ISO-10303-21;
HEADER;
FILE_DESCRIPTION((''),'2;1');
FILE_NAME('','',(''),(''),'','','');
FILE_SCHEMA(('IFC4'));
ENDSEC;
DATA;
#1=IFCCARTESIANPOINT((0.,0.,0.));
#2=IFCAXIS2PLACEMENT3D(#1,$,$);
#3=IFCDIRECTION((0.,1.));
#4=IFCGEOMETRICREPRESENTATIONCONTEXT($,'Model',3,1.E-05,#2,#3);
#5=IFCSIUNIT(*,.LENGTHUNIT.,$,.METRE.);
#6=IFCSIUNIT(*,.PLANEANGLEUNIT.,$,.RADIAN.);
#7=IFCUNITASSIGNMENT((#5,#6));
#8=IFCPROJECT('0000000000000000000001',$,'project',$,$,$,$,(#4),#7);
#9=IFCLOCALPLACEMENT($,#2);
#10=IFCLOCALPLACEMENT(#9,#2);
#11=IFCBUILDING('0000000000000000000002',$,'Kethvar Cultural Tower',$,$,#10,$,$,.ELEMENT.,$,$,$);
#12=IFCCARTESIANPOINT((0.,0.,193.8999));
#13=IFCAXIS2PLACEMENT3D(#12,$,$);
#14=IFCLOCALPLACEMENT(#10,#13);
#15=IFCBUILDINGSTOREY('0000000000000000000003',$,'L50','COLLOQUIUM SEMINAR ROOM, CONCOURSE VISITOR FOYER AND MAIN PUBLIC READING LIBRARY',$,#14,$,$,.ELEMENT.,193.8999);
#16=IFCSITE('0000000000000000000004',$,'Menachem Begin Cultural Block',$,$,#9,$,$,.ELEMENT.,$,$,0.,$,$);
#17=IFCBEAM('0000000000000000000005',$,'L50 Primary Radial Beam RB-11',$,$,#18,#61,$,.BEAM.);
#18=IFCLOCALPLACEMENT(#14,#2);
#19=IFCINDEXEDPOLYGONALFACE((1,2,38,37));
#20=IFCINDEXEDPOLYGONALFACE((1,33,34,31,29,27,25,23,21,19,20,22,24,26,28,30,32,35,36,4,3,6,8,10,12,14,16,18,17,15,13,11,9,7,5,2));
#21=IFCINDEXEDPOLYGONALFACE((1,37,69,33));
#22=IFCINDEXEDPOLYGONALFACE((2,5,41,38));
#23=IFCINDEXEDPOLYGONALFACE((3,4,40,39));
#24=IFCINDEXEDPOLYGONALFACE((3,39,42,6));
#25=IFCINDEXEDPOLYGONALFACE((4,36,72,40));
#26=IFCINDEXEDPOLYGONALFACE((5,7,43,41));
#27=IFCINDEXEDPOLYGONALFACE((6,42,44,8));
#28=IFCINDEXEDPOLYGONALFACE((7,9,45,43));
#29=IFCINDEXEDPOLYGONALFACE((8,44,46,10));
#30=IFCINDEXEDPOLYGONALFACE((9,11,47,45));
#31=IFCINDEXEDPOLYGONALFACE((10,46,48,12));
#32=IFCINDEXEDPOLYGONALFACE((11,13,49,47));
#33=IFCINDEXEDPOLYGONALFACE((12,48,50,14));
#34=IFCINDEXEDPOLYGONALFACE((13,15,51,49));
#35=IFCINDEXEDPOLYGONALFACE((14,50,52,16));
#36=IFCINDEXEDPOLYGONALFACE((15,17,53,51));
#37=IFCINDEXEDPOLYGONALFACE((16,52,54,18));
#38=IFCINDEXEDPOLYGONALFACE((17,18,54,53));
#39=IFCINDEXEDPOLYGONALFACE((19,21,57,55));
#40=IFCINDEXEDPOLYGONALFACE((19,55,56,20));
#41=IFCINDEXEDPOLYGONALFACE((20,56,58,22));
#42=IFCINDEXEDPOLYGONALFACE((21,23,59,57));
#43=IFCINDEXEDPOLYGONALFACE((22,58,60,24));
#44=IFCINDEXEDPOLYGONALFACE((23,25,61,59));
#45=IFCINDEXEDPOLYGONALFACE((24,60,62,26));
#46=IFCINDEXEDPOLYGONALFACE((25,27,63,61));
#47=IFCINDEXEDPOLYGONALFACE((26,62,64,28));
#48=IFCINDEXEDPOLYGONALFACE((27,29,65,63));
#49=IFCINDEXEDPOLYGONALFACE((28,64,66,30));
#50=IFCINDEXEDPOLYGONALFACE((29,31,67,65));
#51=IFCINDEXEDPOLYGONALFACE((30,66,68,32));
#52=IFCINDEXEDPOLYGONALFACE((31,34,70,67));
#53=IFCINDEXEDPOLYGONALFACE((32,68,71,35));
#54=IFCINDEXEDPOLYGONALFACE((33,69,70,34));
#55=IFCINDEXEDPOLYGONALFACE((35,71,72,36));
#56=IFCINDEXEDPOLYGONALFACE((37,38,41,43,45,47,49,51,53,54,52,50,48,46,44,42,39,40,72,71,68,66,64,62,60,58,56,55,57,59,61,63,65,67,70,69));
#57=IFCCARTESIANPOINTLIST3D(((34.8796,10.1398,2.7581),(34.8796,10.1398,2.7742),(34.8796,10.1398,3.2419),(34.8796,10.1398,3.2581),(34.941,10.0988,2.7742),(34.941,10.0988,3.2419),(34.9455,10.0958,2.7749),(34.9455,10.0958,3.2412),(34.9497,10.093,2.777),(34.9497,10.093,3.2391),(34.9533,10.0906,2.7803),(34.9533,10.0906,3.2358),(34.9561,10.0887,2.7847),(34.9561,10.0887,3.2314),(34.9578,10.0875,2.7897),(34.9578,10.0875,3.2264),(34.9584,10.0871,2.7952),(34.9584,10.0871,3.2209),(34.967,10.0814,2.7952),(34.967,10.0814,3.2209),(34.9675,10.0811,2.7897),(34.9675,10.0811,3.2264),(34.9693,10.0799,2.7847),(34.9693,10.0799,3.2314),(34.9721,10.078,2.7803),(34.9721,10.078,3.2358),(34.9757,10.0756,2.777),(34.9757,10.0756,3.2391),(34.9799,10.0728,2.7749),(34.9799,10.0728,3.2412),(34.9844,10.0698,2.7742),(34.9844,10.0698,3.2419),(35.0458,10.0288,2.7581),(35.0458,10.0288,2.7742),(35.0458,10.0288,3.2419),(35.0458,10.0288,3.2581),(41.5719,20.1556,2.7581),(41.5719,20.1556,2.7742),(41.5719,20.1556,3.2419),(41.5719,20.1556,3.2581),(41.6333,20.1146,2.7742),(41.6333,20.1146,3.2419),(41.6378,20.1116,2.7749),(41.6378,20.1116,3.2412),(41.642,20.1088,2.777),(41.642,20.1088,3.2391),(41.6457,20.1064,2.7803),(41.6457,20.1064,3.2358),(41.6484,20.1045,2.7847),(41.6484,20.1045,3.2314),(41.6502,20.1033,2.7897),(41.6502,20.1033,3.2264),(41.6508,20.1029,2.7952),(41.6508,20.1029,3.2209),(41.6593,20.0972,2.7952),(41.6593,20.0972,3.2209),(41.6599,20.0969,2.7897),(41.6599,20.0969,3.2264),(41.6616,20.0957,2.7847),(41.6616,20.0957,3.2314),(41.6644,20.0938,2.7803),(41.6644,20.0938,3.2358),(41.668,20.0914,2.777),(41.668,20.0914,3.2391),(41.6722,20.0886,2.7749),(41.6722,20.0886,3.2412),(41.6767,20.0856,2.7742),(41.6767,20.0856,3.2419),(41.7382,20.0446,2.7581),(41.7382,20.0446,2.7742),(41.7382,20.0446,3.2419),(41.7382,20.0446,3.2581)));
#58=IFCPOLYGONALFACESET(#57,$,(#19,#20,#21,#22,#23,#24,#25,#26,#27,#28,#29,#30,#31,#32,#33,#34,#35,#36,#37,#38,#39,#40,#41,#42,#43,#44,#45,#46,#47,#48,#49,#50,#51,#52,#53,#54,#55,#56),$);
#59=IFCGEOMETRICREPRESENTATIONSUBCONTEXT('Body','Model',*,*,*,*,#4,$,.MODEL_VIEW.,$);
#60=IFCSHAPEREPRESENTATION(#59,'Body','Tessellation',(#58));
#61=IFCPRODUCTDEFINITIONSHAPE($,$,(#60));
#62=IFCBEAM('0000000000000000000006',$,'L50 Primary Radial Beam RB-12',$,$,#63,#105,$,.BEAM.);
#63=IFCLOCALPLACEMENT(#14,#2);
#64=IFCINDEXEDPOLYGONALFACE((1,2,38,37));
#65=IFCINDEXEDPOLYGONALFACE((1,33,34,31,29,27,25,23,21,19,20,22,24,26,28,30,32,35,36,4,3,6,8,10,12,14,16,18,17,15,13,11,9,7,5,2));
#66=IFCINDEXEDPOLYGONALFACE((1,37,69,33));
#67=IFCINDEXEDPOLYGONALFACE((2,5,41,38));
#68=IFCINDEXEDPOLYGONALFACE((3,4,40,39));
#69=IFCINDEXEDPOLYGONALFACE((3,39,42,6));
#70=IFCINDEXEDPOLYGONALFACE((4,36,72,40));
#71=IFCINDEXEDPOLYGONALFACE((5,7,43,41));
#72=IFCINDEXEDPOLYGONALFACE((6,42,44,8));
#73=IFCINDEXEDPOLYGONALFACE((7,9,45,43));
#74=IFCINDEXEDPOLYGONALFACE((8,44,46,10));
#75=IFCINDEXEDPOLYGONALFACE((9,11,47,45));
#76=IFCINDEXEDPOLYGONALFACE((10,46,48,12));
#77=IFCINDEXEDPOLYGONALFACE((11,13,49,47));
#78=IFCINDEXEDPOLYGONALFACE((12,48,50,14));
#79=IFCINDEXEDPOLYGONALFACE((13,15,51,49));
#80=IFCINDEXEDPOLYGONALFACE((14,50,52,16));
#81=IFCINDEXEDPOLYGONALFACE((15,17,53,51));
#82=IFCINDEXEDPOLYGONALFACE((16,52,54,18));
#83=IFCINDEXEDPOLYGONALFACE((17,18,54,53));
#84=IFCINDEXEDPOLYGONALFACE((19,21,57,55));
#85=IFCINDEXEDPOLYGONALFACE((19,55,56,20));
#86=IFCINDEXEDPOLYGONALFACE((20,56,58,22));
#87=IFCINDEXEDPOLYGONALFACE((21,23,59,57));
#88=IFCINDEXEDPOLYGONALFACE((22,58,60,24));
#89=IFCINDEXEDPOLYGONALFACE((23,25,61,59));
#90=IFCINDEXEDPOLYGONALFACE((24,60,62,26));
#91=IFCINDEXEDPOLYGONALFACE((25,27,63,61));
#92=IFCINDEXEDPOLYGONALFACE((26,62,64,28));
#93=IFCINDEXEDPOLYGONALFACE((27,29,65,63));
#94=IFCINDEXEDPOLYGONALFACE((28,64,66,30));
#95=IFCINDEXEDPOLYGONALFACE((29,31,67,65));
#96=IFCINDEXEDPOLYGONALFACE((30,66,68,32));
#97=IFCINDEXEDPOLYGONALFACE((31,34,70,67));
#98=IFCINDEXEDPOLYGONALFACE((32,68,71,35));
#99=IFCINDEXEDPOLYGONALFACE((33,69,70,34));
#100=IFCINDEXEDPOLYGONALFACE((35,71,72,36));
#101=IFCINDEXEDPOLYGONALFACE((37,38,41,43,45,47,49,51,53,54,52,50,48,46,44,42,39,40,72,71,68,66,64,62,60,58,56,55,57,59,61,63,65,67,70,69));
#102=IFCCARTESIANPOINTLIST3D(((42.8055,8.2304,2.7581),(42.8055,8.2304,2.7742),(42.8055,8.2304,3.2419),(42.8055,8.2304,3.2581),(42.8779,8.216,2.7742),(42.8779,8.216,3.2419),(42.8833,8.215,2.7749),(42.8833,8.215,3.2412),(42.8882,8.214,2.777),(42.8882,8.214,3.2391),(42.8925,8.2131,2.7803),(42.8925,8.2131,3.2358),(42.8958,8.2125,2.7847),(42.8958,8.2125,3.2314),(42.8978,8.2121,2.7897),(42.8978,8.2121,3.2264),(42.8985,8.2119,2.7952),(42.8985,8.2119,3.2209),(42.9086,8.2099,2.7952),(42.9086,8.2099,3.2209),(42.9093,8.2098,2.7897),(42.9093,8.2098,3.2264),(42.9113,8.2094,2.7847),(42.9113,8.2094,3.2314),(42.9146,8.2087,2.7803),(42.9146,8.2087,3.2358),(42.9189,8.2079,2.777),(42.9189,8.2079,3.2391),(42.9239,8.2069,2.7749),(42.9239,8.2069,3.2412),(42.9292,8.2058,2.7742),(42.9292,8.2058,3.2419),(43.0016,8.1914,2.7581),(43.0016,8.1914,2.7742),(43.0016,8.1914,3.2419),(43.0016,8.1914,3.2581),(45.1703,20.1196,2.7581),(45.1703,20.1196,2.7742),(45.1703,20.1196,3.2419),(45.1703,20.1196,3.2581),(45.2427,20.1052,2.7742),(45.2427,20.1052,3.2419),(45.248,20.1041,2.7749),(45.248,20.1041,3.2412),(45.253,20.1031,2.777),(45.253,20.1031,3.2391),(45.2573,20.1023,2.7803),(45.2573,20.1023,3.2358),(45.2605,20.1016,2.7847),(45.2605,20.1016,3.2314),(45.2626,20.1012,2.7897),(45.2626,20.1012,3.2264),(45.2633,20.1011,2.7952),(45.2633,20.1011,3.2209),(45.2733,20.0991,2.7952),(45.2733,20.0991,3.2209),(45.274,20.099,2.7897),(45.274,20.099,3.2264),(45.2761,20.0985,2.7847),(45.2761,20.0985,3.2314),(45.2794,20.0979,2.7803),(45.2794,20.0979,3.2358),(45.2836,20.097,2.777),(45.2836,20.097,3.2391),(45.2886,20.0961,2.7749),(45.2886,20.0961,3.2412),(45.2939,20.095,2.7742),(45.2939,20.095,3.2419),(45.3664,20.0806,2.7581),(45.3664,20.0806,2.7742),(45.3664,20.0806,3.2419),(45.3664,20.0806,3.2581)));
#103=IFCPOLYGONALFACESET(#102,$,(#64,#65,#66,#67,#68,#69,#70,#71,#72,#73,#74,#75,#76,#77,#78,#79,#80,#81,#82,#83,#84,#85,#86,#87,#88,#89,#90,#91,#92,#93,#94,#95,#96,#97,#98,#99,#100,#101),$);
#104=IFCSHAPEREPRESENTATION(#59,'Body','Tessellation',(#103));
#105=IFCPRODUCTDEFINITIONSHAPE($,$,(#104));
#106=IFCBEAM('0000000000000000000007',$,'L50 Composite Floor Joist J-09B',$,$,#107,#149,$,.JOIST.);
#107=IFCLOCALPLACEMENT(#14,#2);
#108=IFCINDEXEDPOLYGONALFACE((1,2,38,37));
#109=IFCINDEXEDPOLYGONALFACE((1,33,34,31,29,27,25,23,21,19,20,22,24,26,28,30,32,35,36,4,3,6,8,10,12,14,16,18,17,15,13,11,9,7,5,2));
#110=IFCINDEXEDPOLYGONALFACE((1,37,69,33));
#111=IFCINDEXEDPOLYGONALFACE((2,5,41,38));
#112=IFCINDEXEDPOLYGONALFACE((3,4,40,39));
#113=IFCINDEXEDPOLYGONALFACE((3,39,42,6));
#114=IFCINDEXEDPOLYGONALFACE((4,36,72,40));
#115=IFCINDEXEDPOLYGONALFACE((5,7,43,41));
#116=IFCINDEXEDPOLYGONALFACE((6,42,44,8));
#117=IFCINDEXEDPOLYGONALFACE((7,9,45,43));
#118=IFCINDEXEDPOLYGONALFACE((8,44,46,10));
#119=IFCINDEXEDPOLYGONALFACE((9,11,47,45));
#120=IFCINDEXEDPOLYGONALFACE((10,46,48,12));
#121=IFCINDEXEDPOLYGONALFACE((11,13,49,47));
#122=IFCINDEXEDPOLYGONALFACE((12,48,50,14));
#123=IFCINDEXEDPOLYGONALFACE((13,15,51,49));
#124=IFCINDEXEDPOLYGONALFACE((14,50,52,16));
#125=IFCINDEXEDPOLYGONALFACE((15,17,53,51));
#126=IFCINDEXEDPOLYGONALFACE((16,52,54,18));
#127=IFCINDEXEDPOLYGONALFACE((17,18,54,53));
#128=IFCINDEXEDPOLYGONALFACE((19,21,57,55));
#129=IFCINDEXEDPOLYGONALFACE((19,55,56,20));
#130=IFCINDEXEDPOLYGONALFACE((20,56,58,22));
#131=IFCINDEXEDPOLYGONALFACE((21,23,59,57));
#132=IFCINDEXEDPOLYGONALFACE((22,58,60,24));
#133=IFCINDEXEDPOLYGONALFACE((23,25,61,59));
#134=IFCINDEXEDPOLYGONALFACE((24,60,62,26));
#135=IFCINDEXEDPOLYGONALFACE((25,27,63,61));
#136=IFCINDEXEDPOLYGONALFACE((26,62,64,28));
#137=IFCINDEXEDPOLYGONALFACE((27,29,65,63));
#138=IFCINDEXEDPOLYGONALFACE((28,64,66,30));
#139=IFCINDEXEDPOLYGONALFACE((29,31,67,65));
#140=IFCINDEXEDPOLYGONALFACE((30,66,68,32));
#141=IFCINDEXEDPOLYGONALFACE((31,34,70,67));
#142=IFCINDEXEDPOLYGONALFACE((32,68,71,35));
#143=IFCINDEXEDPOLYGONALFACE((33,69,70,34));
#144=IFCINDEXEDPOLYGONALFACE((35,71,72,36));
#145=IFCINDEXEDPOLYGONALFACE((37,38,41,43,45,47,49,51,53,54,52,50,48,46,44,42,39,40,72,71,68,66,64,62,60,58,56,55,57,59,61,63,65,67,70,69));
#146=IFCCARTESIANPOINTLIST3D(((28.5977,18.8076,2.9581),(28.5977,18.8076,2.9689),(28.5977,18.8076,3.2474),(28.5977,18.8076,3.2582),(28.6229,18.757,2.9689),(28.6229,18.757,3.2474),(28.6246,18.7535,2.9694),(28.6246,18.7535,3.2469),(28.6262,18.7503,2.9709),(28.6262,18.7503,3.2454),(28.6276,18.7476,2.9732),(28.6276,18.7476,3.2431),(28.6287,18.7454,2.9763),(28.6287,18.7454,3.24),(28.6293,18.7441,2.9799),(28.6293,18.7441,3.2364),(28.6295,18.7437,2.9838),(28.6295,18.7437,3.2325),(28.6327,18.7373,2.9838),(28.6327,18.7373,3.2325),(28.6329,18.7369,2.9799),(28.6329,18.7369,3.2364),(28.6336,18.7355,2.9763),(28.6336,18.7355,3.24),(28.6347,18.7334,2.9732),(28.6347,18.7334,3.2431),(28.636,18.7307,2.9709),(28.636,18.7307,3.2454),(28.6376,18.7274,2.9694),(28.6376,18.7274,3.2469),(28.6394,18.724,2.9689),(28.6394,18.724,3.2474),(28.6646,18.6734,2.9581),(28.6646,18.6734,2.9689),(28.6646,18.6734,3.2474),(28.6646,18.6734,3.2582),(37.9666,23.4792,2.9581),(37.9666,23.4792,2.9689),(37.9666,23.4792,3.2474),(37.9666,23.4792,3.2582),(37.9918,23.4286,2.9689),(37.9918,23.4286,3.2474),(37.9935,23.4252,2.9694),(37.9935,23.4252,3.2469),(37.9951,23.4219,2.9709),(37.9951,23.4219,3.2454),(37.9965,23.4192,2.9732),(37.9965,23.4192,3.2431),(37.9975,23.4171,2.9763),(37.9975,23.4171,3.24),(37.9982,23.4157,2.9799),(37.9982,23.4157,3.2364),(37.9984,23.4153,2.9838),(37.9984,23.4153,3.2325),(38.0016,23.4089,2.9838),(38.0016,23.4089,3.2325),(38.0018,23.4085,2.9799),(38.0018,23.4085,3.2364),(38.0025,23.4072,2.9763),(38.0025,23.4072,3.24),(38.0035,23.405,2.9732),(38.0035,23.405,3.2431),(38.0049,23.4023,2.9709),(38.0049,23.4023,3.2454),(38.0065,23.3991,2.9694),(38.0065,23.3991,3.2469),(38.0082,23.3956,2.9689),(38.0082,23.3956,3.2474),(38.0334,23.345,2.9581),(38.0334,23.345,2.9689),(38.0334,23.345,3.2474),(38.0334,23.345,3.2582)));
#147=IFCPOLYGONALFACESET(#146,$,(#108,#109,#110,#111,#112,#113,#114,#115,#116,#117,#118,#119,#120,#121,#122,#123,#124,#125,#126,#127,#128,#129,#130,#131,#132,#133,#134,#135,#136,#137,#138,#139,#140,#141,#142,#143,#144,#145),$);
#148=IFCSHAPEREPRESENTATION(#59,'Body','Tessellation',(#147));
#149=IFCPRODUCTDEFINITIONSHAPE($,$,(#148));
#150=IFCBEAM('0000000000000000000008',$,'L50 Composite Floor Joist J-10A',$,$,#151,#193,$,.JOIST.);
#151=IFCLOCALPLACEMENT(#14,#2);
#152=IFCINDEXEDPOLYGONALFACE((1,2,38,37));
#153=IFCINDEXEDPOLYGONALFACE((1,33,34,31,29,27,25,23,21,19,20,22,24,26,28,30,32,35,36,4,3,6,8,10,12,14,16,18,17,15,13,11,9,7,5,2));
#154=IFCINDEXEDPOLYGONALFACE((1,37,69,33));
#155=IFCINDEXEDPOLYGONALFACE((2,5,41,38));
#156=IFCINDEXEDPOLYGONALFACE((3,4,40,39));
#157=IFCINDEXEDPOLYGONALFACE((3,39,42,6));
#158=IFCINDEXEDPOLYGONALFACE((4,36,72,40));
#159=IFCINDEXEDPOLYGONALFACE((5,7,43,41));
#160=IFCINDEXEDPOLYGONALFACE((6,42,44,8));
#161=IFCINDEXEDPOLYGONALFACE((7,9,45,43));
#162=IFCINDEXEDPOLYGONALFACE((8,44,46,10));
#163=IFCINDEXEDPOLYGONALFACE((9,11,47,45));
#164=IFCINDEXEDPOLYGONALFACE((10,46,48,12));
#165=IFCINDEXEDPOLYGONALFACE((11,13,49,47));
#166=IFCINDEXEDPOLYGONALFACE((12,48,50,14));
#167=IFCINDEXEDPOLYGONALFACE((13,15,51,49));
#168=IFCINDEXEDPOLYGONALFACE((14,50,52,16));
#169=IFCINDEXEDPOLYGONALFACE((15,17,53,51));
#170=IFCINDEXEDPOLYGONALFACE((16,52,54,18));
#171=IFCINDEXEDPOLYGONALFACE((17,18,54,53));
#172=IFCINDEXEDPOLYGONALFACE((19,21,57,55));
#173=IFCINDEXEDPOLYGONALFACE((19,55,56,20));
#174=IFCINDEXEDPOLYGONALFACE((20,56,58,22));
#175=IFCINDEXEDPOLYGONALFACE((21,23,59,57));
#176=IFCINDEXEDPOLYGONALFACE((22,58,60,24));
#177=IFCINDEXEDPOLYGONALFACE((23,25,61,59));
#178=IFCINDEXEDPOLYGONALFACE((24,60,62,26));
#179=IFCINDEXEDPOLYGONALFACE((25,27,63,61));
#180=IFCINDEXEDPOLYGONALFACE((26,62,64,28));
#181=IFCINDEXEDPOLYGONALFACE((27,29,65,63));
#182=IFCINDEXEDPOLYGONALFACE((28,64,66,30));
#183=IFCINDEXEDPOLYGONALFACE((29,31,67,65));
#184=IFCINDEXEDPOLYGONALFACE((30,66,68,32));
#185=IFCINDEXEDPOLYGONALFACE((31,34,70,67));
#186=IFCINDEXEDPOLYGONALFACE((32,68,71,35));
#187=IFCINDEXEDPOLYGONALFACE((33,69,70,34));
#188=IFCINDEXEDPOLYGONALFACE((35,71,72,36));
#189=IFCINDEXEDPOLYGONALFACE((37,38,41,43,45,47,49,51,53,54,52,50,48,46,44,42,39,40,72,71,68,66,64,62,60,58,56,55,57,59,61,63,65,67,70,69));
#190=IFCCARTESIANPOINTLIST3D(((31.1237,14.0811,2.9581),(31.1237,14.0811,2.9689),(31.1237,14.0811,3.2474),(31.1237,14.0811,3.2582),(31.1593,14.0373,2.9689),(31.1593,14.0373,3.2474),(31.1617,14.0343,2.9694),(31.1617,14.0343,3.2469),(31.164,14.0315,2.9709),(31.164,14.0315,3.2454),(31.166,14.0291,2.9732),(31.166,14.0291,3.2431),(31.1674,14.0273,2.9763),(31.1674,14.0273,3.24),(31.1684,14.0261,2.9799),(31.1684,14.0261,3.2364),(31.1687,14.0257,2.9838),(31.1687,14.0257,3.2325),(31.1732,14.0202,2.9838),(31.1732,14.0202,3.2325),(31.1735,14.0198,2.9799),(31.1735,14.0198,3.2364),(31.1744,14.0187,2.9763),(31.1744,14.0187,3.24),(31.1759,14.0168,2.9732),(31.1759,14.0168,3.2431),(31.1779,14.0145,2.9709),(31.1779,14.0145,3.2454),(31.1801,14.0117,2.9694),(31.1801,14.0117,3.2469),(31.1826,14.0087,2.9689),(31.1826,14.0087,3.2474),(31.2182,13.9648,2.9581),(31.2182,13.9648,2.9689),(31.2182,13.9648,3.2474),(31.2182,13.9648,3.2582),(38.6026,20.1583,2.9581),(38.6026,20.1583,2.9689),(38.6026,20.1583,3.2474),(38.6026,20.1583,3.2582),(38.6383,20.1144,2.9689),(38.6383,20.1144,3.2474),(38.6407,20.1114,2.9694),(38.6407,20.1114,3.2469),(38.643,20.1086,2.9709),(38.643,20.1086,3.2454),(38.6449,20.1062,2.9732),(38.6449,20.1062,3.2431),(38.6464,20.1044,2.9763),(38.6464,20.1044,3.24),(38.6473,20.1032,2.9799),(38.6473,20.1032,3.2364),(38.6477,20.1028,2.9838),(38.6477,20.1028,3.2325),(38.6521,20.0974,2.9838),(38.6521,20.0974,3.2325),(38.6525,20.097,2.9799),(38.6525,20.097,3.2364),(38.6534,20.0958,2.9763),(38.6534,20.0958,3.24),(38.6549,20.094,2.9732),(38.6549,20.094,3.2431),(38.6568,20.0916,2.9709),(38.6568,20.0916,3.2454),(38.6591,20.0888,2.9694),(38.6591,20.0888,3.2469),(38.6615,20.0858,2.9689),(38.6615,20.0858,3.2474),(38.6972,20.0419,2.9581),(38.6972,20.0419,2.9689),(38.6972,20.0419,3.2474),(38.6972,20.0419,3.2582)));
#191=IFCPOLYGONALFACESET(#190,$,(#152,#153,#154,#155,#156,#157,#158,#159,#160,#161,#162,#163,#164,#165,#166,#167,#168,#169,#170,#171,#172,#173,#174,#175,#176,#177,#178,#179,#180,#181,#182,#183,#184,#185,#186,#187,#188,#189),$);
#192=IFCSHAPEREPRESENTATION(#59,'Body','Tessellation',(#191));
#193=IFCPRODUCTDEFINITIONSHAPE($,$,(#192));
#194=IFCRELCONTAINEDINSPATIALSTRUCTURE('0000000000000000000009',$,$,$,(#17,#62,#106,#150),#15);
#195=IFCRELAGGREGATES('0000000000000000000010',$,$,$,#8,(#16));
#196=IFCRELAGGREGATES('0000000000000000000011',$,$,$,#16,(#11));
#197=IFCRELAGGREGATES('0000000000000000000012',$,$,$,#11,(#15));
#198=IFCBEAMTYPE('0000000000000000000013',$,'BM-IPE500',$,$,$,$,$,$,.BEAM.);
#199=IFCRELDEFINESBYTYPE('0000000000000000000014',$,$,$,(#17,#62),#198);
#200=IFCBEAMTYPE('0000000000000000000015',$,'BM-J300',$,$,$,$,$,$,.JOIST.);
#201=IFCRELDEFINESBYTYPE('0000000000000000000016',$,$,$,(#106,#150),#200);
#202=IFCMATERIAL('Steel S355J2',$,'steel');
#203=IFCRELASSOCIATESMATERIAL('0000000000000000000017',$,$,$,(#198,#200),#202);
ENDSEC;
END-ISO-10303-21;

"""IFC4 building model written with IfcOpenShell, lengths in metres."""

from ifc_helpers import new_model, si_unit, direction, frame, origin, origin_2d, place, context, subcontext, project, spatial, i_section, extrude, source, transform, mapped, material, material_profile, profile_set, type_object, element, save


model = new_model("IFC4")

# Units and contexts
model_context = context("Model", 3, precision=1e-05, world=origin(), true_north=direction((0.0, 1.0)))
body_context = subcontext(model_context, "Body", "Model", "MODEL_VIEW")
ifc_project = project(units=[si_unit("LENGTHUNIT", "METRE"), si_unit("PLANEANGLEUNIT", "RADIAN")], contexts=[model_context])

# Site, building, storey
site_placement = place(None, origin())
site = spatial("IfcSite", under=ifc_project, at=site_placement, Name="Menachem Begin Cultural Block", CompositionType="ELEMENT", RefElevation=0.0)
building_placement = place(site_placement, origin())
building = spatial("IfcBuilding", under=site, at=building_placement, Name="Kethvar Cultural Tower", CompositionType="ELEMENT")
storey_placement = place(building_placement, frame((0.0, 0.0, 193.8999)))
storey = spatial("IfcBuildingStorey", under=building, at=storey_placement, Name="L50", Description="COLLOQUIUM SEMINAR ROOM, CONCOURSE VISITOR FOYER AND MAIN PUBLIC READING LIBRARY", CompositionType="ELEMENT", Elevation=193.8999)

# Beams
ifc_material_1 = material(Name="Steel S355J2", Category="steel")
ifc_material_profile_1 = material_profile(ifc_material_1, i_section(OverallWidth=0.2, OverallDepth=0.5, WebThickness=0.0103, FlangeThickness=0.0161, FilletRadius=0.021, at=origin_2d()), Name="Steel S355J2 — IPE500")
ifc_profile_set_1 = profile_set([ifc_material_profile_1], Name="Steel S355J2 — IPE500")
beam_type_1 = type_object("IfcBeamType", Name="BM-IPE500", PredefinedType="BEAM", material=ifc_profile_set_1)
shared_shape_1 = source(origin(), body_context, "Body", "SweptSolid", [
    extrude(i_section(OverallWidth=0.2, OverallDepth=0.5, WebThickness=0.0103, FlangeThickness=0.0161, FilletRadius=0.021, at=origin_2d()), origin(), (0.0, 0.0, 1.0), 12.0459),
])
beam_1_placement = place(storey_placement, frame((41.655, 20.1001, 3.0081), z_axis=(-0.55557, -0.83147, 0.0), x_axis=(0.83147, -0.55557, 0.0)))
element("IfcBeam", 1, at=beam_1_placement, inside=storey, type_object=beam_type_1, Name="L50 Primary Radial Beam RB-11", PredefinedType="BEAM", context=body_context, shape_type="MappedRepresentation", body=[
    mapped(shared_shape_1, transform((0.0, 0.0, 0.0), scale=1.0)),
])
shared_shape_2 = source(origin(), body_context, "Body", "SweptSolid", [
    extrude(i_section(OverallWidth=0.2, OverallDepth=0.5, WebThickness=0.0103, FlangeThickness=0.0161, FilletRadius=0.021, at=origin_2d()), origin(), (0.0, 0.0, 1.0), 12.1221),
])
beam_2_placement = place(storey_placement, frame((45.2683, 20.1001, 3.0081), z_axis=(-0.195078, -0.980788, 0.0), x_axis=(0.980788, -0.195078, 0.0)))
element("IfcBeam", 2, at=beam_2_placement, inside=storey, type_object=beam_type_1, Name="L50 Primary Radial Beam RB-12", PredefinedType="BEAM", context=body_context, shape_type="MappedRepresentation", body=[
    mapped(shared_shape_2, transform((0.0, 0.0, 0.0), scale=1.0)),
])
ifc_material_profile_2 = material_profile(ifc_material_1, i_section(OverallWidth=0.1499, OverallDepth=0.3, WebThickness=0.0071, FlangeThickness=0.0107, FilletRadius=0.0149, at=origin_2d()), Name="Steel S355J2 — IPE300")
ifc_profile_set_2 = profile_set([ifc_material_profile_2], Name="Steel S355J2 — IPE300")
beam_type_2 = type_object("IfcBeamType", Name="BM-J300", PredefinedType="JOIST", material=ifc_profile_set_2)
shared_shape_3 = source(origin(), body_context, "Body", "SweptSolid", [
    extrude(i_section(OverallWidth=0.1499, OverallDepth=0.3, WebThickness=0.0071, FlangeThickness=0.0107, FilletRadius=0.0149, at=origin_2d()), origin(), (0.0, 0.0, 1.0), 10.469),
])
beam_3_placement = place(storey_placement, frame((38.0, 23.4121, 3.1082), z_axis=(-0.894916, -0.446234, 0.0), x_axis=(0.446234, -0.894916, 0.0)))
element("IfcBeam", 3, at=beam_3_placement, inside=storey, type_object=beam_type_2, Name="L50 Composite Floor Joist J-09B", PredefinedType="JOIST", context=body_context, shape_type="MappedRepresentation", body=[
    mapped(shared_shape_3, transform((0.0, 0.0, 0.0), scale=1.0)),
])
shared_shape_4 = source(origin(), body_context, "Body", "SweptSolid", [
    extrude(i_section(OverallWidth=0.1499, OverallDepth=0.3, WebThickness=0.0071, FlangeThickness=0.0107, FilletRadius=0.0149, at=origin_2d()), origin(), (0.0, 0.0, 1.0), 9.6367),
])
beam_4_placement = place(storey_placement, frame((38.6499, 20.1001, 3.1082), z_axis=(-0.776091, -0.630621, 0.0), x_axis=(0.630621, -0.776091, 0.0)))
element("IfcBeam", 4, at=beam_4_placement, inside=storey, type_object=beam_type_2, Name="L50 Composite Floor Joist J-10A", PredefinedType="JOIST", context=body_context, shape_type="MappedRepresentation", body=[
    mapped(shared_shape_4, transform((0.0, 0.0, 0.0), scale=1.0)),
])

save(model, "model.ifc")
